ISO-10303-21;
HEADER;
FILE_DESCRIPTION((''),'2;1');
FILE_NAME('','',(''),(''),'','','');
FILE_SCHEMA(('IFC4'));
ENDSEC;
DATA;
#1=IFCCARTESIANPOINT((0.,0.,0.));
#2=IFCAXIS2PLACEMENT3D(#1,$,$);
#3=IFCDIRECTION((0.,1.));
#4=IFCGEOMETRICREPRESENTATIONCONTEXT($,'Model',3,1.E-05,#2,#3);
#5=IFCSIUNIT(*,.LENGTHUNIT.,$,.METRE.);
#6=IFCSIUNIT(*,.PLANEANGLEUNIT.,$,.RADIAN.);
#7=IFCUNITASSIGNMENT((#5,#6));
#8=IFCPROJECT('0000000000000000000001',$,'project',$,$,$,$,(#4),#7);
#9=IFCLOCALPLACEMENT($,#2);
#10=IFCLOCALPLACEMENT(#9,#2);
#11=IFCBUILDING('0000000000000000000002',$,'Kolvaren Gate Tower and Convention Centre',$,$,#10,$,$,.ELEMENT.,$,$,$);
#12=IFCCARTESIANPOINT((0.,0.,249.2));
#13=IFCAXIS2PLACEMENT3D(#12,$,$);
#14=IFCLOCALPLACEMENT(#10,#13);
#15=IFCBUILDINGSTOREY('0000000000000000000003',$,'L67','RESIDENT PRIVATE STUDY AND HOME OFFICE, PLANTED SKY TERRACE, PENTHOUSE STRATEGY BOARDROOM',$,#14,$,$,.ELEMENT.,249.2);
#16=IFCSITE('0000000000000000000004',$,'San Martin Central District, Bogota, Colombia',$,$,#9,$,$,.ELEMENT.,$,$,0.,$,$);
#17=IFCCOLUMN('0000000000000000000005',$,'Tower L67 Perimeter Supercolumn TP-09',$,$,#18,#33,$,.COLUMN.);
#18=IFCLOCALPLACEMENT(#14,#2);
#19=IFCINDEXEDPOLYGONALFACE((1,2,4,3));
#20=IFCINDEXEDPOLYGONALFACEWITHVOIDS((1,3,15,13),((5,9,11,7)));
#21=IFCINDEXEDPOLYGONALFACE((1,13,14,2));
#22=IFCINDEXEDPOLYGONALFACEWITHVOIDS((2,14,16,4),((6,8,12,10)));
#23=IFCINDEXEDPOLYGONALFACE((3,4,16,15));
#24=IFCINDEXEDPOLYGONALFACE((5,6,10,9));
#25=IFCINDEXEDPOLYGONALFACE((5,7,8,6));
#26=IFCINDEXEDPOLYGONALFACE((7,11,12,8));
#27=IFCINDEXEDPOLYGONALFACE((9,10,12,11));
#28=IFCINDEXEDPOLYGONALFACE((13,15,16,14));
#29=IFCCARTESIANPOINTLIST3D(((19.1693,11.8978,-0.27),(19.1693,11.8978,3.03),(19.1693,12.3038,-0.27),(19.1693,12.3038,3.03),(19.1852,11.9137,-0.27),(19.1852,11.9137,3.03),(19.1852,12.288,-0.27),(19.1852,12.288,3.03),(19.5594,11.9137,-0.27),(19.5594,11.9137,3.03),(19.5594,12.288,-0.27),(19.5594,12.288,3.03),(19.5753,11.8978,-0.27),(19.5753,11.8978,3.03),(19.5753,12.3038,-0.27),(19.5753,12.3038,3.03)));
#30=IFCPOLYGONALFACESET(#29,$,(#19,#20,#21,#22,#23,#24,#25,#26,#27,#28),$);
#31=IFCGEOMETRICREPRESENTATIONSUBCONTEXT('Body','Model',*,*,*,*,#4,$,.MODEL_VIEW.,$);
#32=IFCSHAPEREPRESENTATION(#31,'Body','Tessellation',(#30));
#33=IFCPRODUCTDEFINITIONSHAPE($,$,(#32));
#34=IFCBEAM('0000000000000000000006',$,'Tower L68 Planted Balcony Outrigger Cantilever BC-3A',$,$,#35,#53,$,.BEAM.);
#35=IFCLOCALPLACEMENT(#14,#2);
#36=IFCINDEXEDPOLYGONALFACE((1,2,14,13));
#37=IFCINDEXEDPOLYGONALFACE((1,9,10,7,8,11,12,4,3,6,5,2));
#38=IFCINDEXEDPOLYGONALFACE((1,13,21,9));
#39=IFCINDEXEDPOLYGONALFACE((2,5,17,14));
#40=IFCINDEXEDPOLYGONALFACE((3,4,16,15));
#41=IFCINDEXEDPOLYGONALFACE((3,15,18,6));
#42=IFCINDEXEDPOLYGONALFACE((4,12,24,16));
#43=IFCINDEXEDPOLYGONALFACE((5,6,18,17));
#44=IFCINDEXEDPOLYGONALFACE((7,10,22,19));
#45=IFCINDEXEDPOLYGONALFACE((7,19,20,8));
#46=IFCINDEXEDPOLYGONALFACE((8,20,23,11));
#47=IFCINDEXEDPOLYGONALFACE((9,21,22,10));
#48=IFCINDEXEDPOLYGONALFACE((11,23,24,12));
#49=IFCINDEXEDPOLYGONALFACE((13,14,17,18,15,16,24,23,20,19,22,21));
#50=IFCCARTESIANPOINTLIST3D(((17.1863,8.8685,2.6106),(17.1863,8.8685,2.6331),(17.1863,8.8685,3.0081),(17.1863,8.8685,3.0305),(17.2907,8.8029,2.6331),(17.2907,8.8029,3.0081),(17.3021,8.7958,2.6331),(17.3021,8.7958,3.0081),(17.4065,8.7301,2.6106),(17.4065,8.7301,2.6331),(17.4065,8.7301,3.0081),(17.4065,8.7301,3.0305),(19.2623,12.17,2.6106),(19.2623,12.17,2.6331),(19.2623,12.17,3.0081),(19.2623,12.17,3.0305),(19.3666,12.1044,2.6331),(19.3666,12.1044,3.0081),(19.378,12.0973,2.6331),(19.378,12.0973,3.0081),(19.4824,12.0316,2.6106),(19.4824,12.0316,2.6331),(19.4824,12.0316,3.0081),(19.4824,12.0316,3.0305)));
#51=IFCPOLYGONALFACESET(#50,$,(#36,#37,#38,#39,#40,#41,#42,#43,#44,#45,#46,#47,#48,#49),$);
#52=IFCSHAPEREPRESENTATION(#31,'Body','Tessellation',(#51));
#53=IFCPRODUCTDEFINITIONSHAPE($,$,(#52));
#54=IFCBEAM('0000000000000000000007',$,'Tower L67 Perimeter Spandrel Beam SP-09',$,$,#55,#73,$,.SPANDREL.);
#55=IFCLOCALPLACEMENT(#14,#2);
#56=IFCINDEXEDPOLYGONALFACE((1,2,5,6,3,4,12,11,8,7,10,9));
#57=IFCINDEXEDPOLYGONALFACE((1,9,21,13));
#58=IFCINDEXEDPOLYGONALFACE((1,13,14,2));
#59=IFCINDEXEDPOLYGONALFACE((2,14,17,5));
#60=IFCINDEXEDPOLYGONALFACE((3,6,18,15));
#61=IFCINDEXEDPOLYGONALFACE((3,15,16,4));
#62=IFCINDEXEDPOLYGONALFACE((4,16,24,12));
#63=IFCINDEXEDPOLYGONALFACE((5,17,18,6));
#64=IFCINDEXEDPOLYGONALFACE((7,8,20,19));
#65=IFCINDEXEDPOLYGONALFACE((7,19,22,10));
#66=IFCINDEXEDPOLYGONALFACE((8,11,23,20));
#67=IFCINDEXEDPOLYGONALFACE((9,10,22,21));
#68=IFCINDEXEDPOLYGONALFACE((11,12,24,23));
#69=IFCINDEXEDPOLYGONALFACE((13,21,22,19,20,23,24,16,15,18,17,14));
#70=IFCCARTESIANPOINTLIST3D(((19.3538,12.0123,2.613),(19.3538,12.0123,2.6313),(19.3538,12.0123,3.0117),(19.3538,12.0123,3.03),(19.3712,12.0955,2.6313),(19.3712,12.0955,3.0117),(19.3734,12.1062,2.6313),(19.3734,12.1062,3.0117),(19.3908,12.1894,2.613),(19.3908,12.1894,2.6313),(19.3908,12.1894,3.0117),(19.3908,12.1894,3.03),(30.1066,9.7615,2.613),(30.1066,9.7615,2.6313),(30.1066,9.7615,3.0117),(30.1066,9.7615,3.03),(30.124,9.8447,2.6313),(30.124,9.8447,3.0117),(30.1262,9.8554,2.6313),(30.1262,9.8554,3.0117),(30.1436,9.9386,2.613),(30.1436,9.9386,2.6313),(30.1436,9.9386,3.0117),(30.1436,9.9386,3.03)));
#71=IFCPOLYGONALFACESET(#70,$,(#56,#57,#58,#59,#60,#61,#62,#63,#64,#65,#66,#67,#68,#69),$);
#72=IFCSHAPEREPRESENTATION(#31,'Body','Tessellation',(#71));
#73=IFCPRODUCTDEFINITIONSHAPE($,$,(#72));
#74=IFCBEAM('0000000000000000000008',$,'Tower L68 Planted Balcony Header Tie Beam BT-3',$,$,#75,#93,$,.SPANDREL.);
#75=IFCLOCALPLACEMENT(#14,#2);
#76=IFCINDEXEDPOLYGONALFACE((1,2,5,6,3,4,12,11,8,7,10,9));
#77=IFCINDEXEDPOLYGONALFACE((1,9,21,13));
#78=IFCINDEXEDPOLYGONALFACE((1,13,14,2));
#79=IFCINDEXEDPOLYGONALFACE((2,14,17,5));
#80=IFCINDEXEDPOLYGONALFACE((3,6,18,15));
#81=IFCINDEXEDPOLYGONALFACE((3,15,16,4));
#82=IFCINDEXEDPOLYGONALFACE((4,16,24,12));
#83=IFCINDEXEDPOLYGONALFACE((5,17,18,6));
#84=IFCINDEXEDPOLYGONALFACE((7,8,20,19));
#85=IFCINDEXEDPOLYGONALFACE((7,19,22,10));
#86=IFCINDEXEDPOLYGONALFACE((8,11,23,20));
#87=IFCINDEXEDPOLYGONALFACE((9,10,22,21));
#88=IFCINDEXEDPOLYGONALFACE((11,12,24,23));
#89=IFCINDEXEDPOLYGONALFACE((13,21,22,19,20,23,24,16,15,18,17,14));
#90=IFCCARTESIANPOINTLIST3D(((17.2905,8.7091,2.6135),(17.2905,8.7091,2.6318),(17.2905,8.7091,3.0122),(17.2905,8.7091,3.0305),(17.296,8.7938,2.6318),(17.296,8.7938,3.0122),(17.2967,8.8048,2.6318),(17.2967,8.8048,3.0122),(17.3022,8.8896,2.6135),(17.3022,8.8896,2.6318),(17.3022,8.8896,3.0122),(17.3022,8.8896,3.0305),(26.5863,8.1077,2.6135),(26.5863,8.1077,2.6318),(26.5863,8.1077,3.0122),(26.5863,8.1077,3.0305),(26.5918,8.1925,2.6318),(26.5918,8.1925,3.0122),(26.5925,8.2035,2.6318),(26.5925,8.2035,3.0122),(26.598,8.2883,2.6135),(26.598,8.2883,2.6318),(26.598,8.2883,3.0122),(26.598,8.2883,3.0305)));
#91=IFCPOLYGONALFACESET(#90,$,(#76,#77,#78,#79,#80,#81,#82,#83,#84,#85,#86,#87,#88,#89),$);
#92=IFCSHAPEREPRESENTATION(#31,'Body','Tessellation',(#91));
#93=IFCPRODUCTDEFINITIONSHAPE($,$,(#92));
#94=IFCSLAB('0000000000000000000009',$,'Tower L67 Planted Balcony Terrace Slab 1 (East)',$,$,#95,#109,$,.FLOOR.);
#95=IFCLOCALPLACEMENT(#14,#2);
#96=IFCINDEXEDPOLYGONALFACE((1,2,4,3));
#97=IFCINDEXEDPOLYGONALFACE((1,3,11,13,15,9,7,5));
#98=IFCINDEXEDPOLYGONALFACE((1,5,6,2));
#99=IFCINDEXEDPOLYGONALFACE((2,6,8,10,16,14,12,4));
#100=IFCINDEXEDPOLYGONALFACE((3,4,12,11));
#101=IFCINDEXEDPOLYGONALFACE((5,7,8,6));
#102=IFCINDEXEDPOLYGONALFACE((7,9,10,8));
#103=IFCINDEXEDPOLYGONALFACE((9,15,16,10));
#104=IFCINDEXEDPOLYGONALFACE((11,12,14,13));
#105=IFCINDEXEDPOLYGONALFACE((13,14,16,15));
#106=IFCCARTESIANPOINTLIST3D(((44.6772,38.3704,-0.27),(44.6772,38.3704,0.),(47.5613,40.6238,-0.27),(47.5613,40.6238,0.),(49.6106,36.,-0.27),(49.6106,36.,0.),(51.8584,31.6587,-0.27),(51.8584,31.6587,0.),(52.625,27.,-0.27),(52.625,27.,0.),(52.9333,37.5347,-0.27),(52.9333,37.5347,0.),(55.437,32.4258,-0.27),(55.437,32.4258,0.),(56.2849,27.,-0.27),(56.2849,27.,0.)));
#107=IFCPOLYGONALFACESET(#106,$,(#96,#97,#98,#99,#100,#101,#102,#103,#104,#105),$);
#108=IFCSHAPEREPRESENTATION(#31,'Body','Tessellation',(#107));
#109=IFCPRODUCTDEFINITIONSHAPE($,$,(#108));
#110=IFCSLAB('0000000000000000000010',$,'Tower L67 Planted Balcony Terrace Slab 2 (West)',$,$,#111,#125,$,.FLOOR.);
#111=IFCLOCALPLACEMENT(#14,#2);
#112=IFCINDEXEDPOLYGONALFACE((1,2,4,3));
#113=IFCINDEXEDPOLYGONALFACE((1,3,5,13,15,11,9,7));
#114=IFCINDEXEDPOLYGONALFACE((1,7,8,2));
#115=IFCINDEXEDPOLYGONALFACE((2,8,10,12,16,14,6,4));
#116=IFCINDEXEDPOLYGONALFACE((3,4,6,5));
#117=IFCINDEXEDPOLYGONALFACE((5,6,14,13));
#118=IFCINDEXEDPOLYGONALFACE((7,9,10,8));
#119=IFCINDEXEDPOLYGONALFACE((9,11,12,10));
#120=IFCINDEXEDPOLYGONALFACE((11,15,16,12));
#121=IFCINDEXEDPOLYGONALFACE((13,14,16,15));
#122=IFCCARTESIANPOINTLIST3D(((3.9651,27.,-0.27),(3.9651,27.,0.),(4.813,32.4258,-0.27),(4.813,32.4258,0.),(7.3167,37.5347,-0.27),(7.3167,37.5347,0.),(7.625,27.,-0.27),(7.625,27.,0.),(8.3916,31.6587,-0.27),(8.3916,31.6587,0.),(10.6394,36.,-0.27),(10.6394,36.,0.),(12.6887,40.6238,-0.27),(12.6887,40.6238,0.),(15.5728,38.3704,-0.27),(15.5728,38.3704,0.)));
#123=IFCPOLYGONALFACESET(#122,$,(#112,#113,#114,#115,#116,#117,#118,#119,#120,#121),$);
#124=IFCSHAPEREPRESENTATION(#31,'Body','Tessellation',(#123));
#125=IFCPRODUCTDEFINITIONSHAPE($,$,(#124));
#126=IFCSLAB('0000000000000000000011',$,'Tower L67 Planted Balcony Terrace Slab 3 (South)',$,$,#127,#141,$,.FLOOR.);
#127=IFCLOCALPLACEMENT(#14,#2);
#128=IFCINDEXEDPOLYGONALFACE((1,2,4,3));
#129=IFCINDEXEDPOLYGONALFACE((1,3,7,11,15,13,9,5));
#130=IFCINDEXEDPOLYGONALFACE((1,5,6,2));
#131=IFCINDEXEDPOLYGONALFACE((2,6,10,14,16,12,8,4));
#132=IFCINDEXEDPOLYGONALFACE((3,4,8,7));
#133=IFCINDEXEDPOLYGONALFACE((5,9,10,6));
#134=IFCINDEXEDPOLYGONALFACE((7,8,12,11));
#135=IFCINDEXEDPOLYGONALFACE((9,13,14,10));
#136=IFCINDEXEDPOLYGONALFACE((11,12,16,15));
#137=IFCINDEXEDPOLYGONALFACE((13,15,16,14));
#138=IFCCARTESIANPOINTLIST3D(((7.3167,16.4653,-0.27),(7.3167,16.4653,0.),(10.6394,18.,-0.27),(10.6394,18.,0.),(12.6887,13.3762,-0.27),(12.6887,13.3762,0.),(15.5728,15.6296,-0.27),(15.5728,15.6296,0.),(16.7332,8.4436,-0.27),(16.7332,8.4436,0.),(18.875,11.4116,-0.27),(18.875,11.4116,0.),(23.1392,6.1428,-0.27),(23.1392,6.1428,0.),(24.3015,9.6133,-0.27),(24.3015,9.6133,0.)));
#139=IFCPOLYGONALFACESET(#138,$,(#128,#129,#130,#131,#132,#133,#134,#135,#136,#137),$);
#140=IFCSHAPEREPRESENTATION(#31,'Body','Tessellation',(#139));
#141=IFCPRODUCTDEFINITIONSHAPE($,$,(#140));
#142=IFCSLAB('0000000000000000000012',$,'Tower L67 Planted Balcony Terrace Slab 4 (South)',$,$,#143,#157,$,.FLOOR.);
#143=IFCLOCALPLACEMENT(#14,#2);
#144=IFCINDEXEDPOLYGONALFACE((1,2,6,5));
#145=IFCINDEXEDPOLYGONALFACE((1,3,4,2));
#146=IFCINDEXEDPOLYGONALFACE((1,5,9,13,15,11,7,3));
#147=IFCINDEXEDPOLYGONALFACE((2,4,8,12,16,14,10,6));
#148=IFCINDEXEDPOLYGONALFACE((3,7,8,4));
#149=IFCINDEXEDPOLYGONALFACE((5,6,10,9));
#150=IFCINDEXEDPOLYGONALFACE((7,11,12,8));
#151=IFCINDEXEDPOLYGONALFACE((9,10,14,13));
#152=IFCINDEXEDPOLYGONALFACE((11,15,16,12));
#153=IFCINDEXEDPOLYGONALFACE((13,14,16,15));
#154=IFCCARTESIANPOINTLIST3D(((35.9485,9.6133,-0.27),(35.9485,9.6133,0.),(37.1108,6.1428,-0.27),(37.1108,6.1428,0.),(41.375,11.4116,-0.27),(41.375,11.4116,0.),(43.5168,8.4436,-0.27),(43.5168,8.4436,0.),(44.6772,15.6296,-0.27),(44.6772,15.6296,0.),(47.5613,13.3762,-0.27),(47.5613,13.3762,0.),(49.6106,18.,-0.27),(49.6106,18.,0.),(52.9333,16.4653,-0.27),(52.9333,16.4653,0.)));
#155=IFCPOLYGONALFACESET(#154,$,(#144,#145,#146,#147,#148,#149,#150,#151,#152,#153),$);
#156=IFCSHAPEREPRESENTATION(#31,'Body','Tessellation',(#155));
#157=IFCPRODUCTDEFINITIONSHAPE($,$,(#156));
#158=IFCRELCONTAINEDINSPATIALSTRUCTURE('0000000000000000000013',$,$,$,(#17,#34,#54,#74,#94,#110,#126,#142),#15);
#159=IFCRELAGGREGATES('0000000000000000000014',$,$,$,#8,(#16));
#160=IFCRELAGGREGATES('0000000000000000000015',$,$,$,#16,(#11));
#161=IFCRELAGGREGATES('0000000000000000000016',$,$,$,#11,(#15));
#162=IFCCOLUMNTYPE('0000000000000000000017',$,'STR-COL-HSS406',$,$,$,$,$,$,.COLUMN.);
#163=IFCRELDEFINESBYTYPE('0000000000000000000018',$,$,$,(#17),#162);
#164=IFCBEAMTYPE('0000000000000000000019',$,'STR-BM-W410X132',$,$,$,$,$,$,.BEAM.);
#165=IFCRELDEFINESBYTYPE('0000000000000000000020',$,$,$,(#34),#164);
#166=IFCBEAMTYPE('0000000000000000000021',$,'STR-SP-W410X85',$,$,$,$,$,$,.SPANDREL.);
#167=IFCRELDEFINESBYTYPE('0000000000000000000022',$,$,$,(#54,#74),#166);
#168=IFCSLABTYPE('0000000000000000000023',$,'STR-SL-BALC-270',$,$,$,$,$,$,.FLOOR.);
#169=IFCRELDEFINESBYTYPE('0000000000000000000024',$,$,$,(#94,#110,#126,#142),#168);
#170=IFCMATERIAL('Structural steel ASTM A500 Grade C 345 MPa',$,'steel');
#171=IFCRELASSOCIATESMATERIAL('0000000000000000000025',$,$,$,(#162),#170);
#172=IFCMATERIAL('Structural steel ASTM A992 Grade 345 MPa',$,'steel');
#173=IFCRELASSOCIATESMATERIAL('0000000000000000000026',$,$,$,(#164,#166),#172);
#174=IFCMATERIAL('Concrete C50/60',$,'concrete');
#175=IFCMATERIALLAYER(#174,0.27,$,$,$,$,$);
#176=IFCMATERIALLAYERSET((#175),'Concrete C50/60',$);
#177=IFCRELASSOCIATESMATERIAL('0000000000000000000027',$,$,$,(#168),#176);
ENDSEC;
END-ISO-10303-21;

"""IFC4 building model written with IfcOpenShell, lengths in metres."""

from ifc_helpers import new_model, si_unit, direction, frame, origin, origin_2d, place, context, subcontext, project, spatial, polyline, hollow_rectangle, i_section, outline, extrude, material, layer, layer_set, material_profile, profile_set, type_object, element, save


model = new_model("IFC4")

# Units and contexts
model_context = context("Model", 3, precision=1e-05, world=origin(), true_north=direction((0.0, 1.0)))
body_context = subcontext(model_context, "Body", "Model", "MODEL_VIEW")
ifc_project = project(units=[si_unit("LENGTHUNIT", "METRE"), si_unit("PLANEANGLEUNIT", "RADIAN")], contexts=[model_context])

# Site, building, storey
site_placement = place(None, origin())
site = spatial("IfcSite", under=ifc_project, at=site_placement, Name="San Martin Central District, Bogota, Colombia", CompositionType="ELEMENT", RefElevation=0.0)
building_placement = place(site_placement, origin())
building = spatial("IfcBuilding", under=site, at=building_placement, Name="Kolvaren Gate Tower and Convention Centre", CompositionType="ELEMENT")
storey_placement = place(building_placement, frame((0.0, 0.0, 249.2)))
storey = spatial("IfcBuildingStorey", under=building, at=storey_placement, Name="L67", Description="RESIDENT PRIVATE STUDY AND HOME OFFICE, PLANTED SKY TERRACE, PENTHOUSE STRATEGY BOARDROOM", CompositionType="ELEMENT", Elevation=249.2)

# Column
ifc_material_1 = material(Name="Structural steel ASTM A500 Grade C 345 MPa", Category="steel")
ifc_material_profile_1 = material_profile(ifc_material_1, hollow_rectangle(XDim=0.406, YDim=0.406, WallThickness=0.0159, at=origin_2d()), Name="HSS406X406X15.9")
ifc_profile_set_1 = profile_set([ifc_material_profile_1], Name="Structural steel ASTM A500 Grade C 345 MPa")
column_type = type_object("IfcColumnType", Name="STR-COL-HSS406", PredefinedType="COLUMN", material=ifc_profile_set_1)
column_placement = place(storey_placement, frame((19.3723, 12.1008, -0.27), z_axis=(0.0, 0.0, 1.0), x_axis=(1.0, 0.0, 0.0)))
element("IfcColumn", 1, at=column_placement, inside=storey, type_object=column_type, Name="Tower L67 Perimeter Supercolumn TP-09", PredefinedType="COLUMN", context=body_context, shape_type="SweptSolid", body=[
    extrude(hollow_rectangle(XDim=0.406, YDim=0.406, WallThickness=0.0159, at=origin_2d()), origin(), (0.0, 0.0, 1.0), 3.3),
])

# Beams
ifc_material_2 = material(Name="Structural steel ASTM A992 Grade 345 MPa", Category="steel")
ifc_material_profile_2 = material_profile(ifc_material_2, i_section(OverallWidth=0.26, OverallDepth=0.4199, WebThickness=0.0134, FlangeThickness=0.0225, at=origin_2d()), Name="W410X132")
ifc_profile_set_2 = profile_set([ifc_material_profile_2], Name="Structural steel ASTM A992 Grade 345 MPa")
beam_type_1 = type_object("IfcBeamType", Name="STR-BM-W410X132", PredefinedType="BEAM", material=ifc_profile_set_2)
beam_1_placement = place(storey_placement, frame((19.3723, 12.1008, 2.8206), z_axis=(-0.532298, -0.846557, 0.0), x_axis=(0.846557, -0.532298, 0.0)))
element("IfcBeam", 2, at=beam_1_placement, inside=storey, type_object=beam_type_1, Name="Tower L68 Planted Balcony Outrigger Cantilever BC-3A", PredefinedType="BEAM", context=body_context, shape_type="SweptSolid", body=[
    extrude(i_section(OverallWidth=0.26, OverallDepth=0.4199, WebThickness=0.0134, FlangeThickness=0.0225, at=origin_2d()), origin(), (0.0, 0.0, 1.0), 3.8999),
])
ifc_material_profile_3 = material_profile(ifc_material_2, i_section(OverallWidth=0.1809, OverallDepth=0.417, WebThickness=0.011, FlangeThickness=0.0183, at=origin_2d()), Name="W410X85")
ifc_profile_set_3 = profile_set([ifc_material_profile_3], Name="Structural steel ASTM A992 Grade 345 MPa")
beam_type_2 = type_object("IfcBeamType", Name="STR-SP-W410X85", PredefinedType="SPANDREL", material=ifc_profile_set_3)
beam_2_placement = place(storey_placement, frame((19.3723, 12.1008, 2.8215), z_axis=(0.978788, -0.204878, 0.0), x_axis=(0.204878, 0.978788, 0.0)))
element("IfcBeam", 3, at=beam_2_placement, inside=storey, type_object=beam_type_2, Name="Tower L67 Perimeter Spandrel Beam SP-09", PredefinedType="SPANDREL", context=body_context, shape_type="SweptSolid", body=[
    extrude(i_section(OverallWidth=0.1809, OverallDepth=0.417, WebThickness=0.011, FlangeThickness=0.0183, at=origin_2d()), origin(), (0.0, 0.0, 1.0), 10.9858),
])
beam_3_placement = place(storey_placement, frame((17.2964, 8.7993, 2.822), z_axis=(0.997914, -0.064553, 0.0), x_axis=(0.064553, 0.997914, 0.0)))
element("IfcBeam", 4, at=beam_3_placement, inside=storey, type_object=beam_type_2, Name="Tower L68 Planted Balcony Header Tie Beam BT-3", PredefinedType="SPANDREL", context=body_context, shape_type="SweptSolid", body=[
    extrude(i_section(OverallWidth=0.1809, OverallDepth=0.417, WebThickness=0.011, FlangeThickness=0.0183, at=origin_2d()), origin(), (0.0, 0.0, 1.0), 9.3152),
])

# Slabs
ifc_material_3 = material(Name="Concrete C50/60", Category="concrete")
ifc_layer_1 = layer(ifc_material_3, 0.27)
ifc_layer_set_1 = layer_set([ifc_layer_1], Name="Concrete C50/60")
slab_type_1 = type_object("IfcSlabType", Name="STR-SL-BALC-270", PredefinedType="FLOOR", material=ifc_layer_set_1)
slab_1_placement = place(storey_placement, frame((0.0, 0.0, -0.27)))
element("IfcSlab", 5, at=slab_1_placement, inside=storey, type_object=slab_type_1, Name="Tower L67 Planted Balcony Terrace Slab 1 (East)", PredefinedType="FLOOR", context=body_context, shape_type="SweptSolid", body=[
    extrude(outline(polyline([(52.625, 27.0), (51.8584, 31.6587), (49.6106, 36.0), (44.6772, 38.3704), (47.5613, 40.6238), (52.9333, 37.5347), (55.437, 32.4258), (56.2849, 27.0), (52.625, 27.0)])), origin(), (0.0, 0.0, 1.0), 0.27),
])
slab_2_placement = place(storey_placement, frame((0.0, 0.0, -0.27)))
element("IfcSlab", 6, at=slab_2_placement, inside=storey, type_object=slab_type_1, Name="Tower L67 Planted Balcony Terrace Slab 2 (West)", PredefinedType="FLOOR", context=body_context, shape_type="SweptSolid", body=[
    extrude(outline(polyline([(15.5728, 38.3704), (10.6394, 36.0), (8.3916, 31.6587), (7.625, 27.0), (3.9651, 27.0), (4.813, 32.4258), (7.3167, 37.5347), (12.6887, 40.6238), (15.5728, 38.3704)])), origin(), (0.0, 0.0, 1.0), 0.27),
])
slab_3_placement = place(storey_placement, frame((0.0, 0.0, -0.27)))
element("IfcSlab", 7, at=slab_3_placement, inside=storey, type_object=slab_type_1, Name="Tower L67 Planted Balcony Terrace Slab 3 (South)", PredefinedType="FLOOR", context=body_context, shape_type="SweptSolid", body=[
    extrude(outline(polyline([(10.6394, 18.0), (15.5728, 15.6296), (18.875, 11.4116), (24.3015, 9.6133), (23.1392, 6.1428), (16.7332, 8.4436), (12.6887, 13.3762), (7.3167, 16.4653), (10.6394, 18.0)])), origin(), (0.0, 0.0, 1.0), 0.27),
])
slab_4_placement = place(storey_placement, frame((0.0, 0.0, -0.27)))
element("IfcSlab", 8, at=slab_4_placement, inside=storey, type_object=slab_type_1, Name="Tower L67 Planted Balcony Terrace Slab 4 (South)", PredefinedType="FLOOR", context=body_context, shape_type="SweptSolid", body=[
    extrude(outline(polyline([(35.9485, 9.6133), (41.375, 11.4116), (44.6772, 15.6296), (49.6106, 18.0), (52.9333, 16.4653), (47.5613, 13.3762), (43.5168, 8.4436), (37.1108, 6.1428), (35.9485, 9.6133)])), origin(), (0.0, 0.0, 1.0), 0.27),
])

save(model, "model.ifc")
